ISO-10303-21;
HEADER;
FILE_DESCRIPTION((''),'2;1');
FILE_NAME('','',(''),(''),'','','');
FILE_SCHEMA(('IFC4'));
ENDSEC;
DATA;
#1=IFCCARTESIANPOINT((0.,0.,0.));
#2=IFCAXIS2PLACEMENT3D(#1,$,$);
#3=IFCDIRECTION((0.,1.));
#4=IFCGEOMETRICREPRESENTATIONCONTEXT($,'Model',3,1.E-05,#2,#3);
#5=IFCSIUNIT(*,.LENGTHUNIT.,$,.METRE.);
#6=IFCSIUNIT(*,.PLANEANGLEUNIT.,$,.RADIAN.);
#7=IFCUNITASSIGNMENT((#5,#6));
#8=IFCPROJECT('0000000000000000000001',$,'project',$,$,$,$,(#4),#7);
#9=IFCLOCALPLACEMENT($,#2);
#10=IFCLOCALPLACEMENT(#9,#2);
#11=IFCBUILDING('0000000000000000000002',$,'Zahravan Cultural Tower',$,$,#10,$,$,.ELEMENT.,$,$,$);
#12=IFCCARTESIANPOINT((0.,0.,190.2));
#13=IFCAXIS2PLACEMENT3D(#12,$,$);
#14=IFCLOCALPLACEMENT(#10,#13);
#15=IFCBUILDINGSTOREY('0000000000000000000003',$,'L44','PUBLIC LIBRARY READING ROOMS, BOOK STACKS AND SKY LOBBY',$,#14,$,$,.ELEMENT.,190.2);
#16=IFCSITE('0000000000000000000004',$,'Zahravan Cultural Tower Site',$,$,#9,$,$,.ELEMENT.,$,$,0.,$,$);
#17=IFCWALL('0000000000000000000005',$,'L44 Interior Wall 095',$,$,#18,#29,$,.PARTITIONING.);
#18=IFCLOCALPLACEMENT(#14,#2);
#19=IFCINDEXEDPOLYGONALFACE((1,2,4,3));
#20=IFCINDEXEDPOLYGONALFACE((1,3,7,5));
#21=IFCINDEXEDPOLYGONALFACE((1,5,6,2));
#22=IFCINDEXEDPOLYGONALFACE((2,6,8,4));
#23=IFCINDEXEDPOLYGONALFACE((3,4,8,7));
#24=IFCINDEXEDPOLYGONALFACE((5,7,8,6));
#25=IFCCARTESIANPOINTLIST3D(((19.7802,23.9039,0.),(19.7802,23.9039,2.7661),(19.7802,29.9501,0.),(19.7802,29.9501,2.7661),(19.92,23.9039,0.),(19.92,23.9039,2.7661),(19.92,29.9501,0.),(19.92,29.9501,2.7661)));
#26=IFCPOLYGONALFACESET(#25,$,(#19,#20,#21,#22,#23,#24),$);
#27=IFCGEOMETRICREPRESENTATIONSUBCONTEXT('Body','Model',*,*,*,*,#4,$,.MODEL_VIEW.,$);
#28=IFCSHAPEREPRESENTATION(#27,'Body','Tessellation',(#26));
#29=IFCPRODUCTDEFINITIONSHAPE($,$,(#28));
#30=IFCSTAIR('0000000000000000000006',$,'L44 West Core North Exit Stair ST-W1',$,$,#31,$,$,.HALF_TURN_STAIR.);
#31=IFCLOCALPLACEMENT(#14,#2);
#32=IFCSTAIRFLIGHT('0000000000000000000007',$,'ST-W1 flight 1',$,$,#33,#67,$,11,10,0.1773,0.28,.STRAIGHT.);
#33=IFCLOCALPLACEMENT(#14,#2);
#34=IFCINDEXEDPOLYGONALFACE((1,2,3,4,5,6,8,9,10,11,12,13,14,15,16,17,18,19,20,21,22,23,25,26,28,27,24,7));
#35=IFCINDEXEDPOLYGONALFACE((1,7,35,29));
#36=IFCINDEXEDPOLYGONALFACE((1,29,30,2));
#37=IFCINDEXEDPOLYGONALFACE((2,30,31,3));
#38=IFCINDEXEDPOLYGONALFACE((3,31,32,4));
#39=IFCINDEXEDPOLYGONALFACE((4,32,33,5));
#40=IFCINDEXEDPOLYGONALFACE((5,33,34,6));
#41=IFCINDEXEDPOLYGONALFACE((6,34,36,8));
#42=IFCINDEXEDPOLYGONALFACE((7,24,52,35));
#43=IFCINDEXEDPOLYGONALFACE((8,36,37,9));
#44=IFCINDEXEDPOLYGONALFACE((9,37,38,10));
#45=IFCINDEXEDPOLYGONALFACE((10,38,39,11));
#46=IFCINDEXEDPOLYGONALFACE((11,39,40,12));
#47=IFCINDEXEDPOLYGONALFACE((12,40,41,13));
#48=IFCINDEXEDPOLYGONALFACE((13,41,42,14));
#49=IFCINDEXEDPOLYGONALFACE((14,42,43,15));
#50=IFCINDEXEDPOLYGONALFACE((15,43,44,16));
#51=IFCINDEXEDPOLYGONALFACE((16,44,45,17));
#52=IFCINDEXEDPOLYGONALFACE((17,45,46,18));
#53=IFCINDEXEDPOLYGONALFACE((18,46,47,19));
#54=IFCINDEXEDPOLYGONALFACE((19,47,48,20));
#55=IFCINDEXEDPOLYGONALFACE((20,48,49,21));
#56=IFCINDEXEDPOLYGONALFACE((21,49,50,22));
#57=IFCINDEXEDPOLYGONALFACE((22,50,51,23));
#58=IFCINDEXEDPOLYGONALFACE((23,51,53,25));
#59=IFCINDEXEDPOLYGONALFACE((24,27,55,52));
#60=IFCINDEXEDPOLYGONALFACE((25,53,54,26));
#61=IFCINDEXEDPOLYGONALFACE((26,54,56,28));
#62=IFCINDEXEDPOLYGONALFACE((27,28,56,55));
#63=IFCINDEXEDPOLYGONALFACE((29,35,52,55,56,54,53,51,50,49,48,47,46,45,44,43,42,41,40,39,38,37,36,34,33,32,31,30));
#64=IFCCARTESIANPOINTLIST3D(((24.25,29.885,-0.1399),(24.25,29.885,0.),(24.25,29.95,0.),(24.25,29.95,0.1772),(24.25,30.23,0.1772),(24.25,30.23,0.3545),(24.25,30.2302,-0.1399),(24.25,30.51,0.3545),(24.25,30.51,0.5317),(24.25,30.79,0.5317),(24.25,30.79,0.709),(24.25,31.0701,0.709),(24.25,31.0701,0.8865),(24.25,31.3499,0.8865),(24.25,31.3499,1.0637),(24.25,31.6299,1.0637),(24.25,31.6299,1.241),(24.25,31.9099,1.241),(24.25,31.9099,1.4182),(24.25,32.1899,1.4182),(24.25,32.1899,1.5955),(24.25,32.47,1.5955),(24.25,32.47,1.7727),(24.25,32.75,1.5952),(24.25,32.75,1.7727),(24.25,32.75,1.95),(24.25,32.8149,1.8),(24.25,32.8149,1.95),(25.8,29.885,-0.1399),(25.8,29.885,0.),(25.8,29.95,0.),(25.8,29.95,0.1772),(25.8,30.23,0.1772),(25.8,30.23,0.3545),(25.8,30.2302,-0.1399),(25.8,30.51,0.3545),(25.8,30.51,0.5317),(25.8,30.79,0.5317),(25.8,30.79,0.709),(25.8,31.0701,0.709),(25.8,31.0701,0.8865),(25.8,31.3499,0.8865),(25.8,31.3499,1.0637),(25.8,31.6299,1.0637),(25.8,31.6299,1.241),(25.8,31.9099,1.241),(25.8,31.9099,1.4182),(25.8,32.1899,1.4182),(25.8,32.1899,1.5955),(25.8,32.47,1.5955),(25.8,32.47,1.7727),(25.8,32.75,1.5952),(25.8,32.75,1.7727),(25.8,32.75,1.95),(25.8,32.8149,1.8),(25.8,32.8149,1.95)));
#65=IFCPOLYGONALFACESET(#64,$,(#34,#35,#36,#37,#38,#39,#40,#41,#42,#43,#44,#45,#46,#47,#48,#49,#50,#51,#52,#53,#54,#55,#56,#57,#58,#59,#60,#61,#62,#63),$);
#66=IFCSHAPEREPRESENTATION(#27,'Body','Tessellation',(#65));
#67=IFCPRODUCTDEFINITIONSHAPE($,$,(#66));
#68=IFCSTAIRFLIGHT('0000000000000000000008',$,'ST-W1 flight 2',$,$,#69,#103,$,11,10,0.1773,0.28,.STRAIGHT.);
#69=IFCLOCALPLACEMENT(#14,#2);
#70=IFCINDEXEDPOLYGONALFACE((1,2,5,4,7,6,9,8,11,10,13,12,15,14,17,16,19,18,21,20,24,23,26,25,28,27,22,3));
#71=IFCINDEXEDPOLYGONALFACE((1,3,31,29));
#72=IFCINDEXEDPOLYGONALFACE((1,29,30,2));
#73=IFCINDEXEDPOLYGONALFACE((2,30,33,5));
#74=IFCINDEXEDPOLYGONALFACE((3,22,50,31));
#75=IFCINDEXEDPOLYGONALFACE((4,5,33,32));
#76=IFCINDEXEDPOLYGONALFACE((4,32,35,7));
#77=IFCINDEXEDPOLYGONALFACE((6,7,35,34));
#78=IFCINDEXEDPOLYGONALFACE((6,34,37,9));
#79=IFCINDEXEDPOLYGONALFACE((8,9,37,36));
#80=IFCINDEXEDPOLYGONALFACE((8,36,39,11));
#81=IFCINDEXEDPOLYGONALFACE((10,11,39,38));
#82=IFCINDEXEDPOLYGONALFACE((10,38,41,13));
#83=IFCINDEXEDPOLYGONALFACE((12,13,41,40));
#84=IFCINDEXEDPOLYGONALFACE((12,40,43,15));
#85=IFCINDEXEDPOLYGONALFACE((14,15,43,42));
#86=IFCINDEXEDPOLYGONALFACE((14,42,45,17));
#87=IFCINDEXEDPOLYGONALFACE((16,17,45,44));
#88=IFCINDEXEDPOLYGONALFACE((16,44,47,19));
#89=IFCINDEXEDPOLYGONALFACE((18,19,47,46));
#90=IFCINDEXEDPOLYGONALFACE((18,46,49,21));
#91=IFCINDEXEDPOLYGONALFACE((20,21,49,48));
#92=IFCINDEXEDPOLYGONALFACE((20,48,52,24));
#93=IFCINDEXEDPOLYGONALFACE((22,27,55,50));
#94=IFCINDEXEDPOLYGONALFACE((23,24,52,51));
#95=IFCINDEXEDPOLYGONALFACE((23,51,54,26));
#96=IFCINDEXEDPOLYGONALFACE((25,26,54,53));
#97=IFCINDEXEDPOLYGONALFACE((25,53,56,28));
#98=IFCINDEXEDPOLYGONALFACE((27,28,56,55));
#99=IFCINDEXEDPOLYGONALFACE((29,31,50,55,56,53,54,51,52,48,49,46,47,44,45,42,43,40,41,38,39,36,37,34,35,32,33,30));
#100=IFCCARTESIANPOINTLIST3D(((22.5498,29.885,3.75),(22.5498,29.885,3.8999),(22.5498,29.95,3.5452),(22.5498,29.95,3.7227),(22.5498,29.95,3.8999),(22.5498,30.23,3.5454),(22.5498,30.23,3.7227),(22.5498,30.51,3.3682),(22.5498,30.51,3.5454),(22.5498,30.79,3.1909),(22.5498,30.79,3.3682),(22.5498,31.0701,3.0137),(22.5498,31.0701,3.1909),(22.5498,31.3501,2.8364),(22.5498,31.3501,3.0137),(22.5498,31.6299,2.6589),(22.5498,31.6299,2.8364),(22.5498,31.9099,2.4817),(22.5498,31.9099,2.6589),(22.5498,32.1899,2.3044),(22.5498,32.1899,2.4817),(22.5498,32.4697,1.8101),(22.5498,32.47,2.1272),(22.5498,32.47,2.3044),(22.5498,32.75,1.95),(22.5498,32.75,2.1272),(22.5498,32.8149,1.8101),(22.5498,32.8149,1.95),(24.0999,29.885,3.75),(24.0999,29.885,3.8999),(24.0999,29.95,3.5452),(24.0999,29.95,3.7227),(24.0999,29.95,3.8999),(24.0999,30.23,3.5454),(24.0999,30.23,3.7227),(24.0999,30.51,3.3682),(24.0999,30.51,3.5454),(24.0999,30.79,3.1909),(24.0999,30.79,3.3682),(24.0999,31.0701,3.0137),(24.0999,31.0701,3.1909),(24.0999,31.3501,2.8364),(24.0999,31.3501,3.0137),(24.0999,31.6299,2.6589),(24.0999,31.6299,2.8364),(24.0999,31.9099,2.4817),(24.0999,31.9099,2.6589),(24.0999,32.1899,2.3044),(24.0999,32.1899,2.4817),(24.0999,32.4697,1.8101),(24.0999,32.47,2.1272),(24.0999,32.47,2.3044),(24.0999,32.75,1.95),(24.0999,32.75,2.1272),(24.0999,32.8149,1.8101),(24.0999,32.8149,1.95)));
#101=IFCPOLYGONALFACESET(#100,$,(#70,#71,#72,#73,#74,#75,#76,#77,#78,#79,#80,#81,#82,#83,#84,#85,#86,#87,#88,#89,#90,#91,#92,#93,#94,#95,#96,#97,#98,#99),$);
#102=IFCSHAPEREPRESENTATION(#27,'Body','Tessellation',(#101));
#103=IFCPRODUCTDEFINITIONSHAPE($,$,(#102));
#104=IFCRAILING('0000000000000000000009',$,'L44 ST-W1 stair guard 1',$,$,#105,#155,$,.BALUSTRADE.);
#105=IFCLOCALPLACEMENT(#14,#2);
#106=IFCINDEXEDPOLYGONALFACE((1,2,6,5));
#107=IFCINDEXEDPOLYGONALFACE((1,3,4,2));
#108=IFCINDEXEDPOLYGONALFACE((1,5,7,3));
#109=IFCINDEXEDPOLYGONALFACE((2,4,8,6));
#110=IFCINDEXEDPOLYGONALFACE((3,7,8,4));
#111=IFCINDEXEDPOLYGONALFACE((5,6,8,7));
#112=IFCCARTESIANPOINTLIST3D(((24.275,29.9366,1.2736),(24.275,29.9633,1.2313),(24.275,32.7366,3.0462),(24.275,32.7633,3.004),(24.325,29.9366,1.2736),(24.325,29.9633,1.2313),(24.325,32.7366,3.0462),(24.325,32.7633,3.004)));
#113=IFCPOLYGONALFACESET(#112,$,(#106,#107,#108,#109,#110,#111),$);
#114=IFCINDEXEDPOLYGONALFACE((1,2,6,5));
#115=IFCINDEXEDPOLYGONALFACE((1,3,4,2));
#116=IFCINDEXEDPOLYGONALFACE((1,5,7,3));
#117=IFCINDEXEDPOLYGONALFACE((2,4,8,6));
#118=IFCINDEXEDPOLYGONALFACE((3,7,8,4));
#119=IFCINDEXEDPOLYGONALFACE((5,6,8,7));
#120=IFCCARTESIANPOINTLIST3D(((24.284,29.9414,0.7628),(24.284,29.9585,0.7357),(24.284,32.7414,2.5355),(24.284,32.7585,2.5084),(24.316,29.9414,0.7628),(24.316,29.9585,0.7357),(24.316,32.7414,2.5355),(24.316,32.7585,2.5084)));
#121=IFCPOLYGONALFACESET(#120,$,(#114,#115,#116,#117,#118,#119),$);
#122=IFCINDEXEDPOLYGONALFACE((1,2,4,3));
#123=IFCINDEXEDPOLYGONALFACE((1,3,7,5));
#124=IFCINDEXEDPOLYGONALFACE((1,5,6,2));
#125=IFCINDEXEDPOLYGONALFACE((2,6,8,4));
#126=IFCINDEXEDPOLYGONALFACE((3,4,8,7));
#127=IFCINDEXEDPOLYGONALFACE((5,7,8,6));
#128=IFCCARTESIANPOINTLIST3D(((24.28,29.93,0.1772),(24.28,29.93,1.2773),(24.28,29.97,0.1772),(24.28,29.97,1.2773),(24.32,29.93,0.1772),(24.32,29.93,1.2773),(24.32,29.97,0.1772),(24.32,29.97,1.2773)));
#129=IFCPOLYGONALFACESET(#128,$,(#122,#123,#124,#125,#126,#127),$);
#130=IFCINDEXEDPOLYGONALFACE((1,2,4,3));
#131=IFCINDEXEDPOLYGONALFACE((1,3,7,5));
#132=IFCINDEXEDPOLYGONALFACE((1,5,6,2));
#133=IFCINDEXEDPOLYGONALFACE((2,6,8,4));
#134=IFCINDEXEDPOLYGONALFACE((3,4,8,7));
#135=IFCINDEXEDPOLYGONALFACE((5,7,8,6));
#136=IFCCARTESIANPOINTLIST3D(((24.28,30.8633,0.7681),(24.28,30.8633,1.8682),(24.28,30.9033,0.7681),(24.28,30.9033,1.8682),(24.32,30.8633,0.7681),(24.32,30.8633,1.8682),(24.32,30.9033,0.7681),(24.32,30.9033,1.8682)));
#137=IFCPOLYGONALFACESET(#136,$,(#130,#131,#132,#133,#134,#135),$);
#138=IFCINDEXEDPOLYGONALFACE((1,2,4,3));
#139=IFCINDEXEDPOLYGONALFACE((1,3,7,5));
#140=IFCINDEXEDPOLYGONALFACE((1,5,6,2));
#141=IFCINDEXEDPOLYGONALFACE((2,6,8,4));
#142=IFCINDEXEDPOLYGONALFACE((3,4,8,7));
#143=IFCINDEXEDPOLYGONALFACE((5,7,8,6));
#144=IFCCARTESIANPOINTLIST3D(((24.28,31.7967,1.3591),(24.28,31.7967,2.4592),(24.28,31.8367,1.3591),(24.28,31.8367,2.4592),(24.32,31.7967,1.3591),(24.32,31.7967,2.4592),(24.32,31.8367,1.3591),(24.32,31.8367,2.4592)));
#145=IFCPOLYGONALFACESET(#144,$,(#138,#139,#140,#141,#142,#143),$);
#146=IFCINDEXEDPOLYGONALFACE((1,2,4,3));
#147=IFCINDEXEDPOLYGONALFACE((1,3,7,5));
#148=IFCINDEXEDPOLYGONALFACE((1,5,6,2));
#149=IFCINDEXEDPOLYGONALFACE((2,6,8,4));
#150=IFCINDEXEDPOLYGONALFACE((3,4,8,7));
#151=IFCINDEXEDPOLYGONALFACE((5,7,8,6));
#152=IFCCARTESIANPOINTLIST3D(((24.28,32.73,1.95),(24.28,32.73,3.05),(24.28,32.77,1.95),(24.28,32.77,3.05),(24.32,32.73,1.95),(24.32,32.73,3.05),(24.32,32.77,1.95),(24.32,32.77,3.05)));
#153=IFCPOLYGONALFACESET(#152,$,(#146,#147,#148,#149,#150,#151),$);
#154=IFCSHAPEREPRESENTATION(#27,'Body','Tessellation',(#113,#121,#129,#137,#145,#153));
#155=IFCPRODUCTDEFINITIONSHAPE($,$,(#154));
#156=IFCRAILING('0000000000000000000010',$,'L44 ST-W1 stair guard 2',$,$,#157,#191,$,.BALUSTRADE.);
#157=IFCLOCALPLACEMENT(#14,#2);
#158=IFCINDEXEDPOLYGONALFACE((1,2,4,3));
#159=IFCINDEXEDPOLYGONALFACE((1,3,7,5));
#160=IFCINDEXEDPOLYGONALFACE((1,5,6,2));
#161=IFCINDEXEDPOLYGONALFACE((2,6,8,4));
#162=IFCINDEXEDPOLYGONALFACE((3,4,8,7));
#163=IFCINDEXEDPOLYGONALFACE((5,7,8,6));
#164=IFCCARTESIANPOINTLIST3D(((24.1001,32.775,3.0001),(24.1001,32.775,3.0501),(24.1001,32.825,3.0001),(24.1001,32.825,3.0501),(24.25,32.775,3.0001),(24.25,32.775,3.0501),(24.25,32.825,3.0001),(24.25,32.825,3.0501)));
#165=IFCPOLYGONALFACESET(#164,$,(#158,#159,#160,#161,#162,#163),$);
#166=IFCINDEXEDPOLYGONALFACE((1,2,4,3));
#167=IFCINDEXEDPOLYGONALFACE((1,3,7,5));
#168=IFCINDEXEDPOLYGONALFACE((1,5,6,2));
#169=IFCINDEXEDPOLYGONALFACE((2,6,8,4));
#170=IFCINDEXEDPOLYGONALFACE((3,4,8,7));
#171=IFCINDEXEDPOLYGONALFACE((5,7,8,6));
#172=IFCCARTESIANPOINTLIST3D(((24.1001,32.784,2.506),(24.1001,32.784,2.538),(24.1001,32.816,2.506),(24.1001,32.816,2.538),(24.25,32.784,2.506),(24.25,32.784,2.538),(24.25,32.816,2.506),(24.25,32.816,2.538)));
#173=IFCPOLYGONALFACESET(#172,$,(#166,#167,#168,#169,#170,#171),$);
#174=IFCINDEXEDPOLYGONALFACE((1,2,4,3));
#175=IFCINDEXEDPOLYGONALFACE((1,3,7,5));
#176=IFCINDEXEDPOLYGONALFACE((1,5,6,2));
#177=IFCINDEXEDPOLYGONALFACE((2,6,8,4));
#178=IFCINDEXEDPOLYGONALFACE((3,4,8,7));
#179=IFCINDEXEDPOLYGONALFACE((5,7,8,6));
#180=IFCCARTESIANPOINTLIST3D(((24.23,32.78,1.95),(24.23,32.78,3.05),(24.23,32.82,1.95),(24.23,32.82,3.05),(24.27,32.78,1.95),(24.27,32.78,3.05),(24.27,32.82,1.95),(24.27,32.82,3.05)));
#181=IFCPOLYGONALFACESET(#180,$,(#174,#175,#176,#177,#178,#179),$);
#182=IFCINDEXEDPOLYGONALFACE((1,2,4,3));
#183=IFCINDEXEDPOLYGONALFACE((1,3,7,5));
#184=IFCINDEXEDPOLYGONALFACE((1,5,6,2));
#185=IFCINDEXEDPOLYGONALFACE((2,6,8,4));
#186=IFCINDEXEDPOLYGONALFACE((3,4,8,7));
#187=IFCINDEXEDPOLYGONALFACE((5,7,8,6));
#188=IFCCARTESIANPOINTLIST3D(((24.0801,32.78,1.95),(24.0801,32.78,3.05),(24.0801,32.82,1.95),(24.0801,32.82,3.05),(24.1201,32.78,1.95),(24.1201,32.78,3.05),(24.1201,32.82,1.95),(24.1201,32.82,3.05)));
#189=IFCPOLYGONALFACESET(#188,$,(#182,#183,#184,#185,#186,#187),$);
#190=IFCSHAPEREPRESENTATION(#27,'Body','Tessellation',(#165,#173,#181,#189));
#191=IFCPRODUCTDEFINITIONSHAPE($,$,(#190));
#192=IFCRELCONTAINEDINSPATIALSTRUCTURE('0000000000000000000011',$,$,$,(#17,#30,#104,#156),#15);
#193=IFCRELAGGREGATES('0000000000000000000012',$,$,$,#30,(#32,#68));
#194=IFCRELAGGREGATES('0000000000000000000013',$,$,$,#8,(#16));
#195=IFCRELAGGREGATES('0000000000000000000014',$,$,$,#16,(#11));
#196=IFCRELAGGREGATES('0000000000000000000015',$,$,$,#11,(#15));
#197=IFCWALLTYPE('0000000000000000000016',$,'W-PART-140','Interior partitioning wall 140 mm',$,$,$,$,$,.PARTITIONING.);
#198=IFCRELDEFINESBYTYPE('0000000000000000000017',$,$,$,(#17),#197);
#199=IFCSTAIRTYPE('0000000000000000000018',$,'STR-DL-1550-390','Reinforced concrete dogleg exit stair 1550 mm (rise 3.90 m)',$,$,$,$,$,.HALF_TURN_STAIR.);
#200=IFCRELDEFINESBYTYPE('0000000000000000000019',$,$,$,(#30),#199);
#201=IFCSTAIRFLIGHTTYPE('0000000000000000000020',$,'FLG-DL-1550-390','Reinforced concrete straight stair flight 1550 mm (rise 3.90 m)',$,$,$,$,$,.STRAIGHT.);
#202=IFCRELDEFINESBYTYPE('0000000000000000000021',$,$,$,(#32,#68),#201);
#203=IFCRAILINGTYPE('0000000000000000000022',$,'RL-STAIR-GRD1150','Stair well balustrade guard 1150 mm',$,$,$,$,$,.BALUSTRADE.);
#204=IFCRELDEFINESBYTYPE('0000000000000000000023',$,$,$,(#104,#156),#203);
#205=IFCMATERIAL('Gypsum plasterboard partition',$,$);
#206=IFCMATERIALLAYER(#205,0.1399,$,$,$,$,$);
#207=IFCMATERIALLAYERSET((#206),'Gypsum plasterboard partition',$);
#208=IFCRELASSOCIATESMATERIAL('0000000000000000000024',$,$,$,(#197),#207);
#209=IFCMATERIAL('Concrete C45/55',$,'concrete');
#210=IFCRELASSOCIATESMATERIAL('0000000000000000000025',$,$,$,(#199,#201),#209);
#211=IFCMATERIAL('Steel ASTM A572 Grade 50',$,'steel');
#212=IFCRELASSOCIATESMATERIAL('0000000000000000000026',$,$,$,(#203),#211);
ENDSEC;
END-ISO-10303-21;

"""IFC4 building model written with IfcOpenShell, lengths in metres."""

from ifc_helpers import new_model, si_unit, direction, frame, frame_2d, origin, origin_2d, place, context, subcontext, project, spatial, polyline, rectangle, outline, extrude, source, transform, mapped, material, layer, layer_set, type_object, element, aggregate, save


model = new_model("IFC4")

# Units and contexts
model_context = context("Model", 3, precision=1e-05, world=origin(), true_north=direction((0.0, 1.0)))
body_context = subcontext(model_context, "Body", "Model", "MODEL_VIEW")
ifc_project = project(units=[si_unit("LENGTHUNIT", "METRE"), si_unit("PLANEANGLEUNIT", "RADIAN")], contexts=[model_context])

# Site, building, storey
site_placement = place(None, origin())
site = spatial("IfcSite", under=ifc_project, at=site_placement, Name="Zahravan Cultural Tower Site", CompositionType="ELEMENT", RefElevation=0.0)
building_placement = place(site_placement, origin())
building = spatial("IfcBuilding", under=site, at=building_placement, Name="Zahravan Cultural Tower", CompositionType="ELEMENT")
storey_placement = place(building_placement, frame((0.0, 0.0, 190.2)))
storey = spatial("IfcBuildingStorey", under=building, at=storey_placement, Name="L44", Description="PUBLIC LIBRARY READING ROOMS, BOOK STACKS AND SKY LOBBY", CompositionType="ELEMENT", Elevation=190.2)

# Wall
ifc_material_1 = material(Name="Concrete C45/55", Category="concrete")
ifc_material_2 = material(Name="Gypsum plasterboard partition")
ifc_layer_1 = layer(ifc_material_2, 0.1399)
ifc_layer_set_1 = layer_set([ifc_layer_1], Name="Gypsum plasterboard partition")
wall_type_1 = type_object("IfcWallType", Name="W-PART-140", Description="Interior partitioning wall 140 mm", PredefinedType="PARTITIONING", material=ifc_layer_set_1)
shared_shape_1 = source(origin(), body_context, "Body", "SweptSolid", [
    extrude(rectangle(XDim=6.0461, YDim=0.1399, at=frame_2d((3.0229, 0.0))), origin(), (0.0, 0.0, 1.0), 2.7661),
])
wall_1_placement = place(storey_placement, frame((19.8501, 29.95, 0.0), z_axis=(0.0, 0.0, 1.0), x_axis=(0.0, -1.0, 0.0)))
element("IfcWall", 1, at=wall_1_placement, inside=storey, type_object=wall_type_1, Name="L44 Interior Wall 095", PredefinedType="PARTITIONING", context=body_context, shape_type="MappedRepresentation", body=[
    mapped(shared_shape_1, transform((0.0, 0.0, 0.0), x_axis=(1.0, 0.0, 0.0), y_axis=(0.0, 1.0, 0.0), z_axis=(0.0, 0.0, 1.0), scale=1.0)),
])

# Stair, stair flights
stair_type = type_object("IfcStairType", Name="STR-DL-1550-390", Description="Reinforced concrete dogleg exit stair 1550 mm (rise 3.90 m)", PredefinedType="HALF_TURN_STAIR", material=ifc_material_1)
stair_placement = place(storey_placement, origin())
stair = element("IfcStair", 2, at=stair_placement, inside=storey, type_object=stair_type, Name="L44 West Core North Exit Stair ST-W1", PredefinedType="HALF_TURN_STAIR")
stair_flight_type = type_object("IfcStairFlightType", Name="FLG-DL-1550-390", Description="Reinforced concrete straight stair flight 1550 mm (rise 3.90 m)", PredefinedType="STRAIGHT", material=ifc_material_1)
stair_flight_1_placement = place(storey_placement, frame((25.0249, 29.95, 0.0), z_axis=(0.0, 0.0, 1.0), x_axis=(0.0, 1.0, 0.0)))
stair_flight_1 = element("IfcStairFlight", 3, at=stair_flight_1_placement, type_object=stair_flight_type, Name="ST-W1 flight 1", NumberOfRisers=11, NumberOfTreads=10, PredefinedType="STRAIGHT", RiserHeight=0.1773, TreadLength=0.28, context=body_context, shape_type="SweptSolid", body=[
    extrude(outline(polyline([(-0.0649, -0.1399), (-0.0649, 0.0), (0.0, 0.0), (0.0, 0.1772), (0.28, 0.1772), (0.28, 0.3545), (0.5601, 0.3545), (0.5601, 0.5317), (0.8401, 0.5317), (0.8401, 0.709), (1.1201, 0.709), (1.1201, 0.8865), (1.3999, 0.8865), (1.3999, 1.0637), (1.6799, 1.0637), (1.6799, 1.241), (1.96, 1.241), (1.96, 1.4182), (2.24, 1.4182), (2.24, 1.5955), (2.52, 1.5955), (2.52, 1.7727), (2.8, 1.7727), (2.8, 1.95), (2.865, 1.95), (2.865, 1.8), (2.8, 1.5952), (0.2803, -0.1399), (-0.0649, -0.1399)])), frame((0.0, 0.7749, 0.0), z_axis=(0.0, -1.0, 0.0), x_axis=(1.0, 0.0, 0.0)), (0.0, 0.0, 1.0), 1.55),
])
stair_flight_2_placement = place(storey_placement, frame((23.325, 32.75, 1.95), z_axis=(0.0, 0.0, 1.0), x_axis=(0.0, -1.0, 0.0)))
stair_flight_2 = element("IfcStairFlight", 4, at=stair_flight_2_placement, type_object=stair_flight_type, Name="ST-W1 flight 2", NumberOfRisers=11, NumberOfTreads=10, PredefinedType="STRAIGHT", RiserHeight=0.1773, TreadLength=0.28, context=body_context, shape_type="SweptSolid", body=[
    extrude(outline(polyline([(-0.0649, -0.1399), (-0.0649, 0.0), (0.0, 0.0), (0.0, 0.1772), (0.28, 0.1772), (0.28, 0.3545), (0.5601, 0.3545), (0.5601, 0.5317), (0.8401, 0.5317), (0.8401, 0.709), (1.1201, 0.709), (1.1201, 0.8865), (1.3999, 0.8865), (1.3999, 1.0637), (1.6799, 1.0637), (1.6799, 1.241), (1.96, 1.241), (1.96, 1.4182), (2.24, 1.4182), (2.24, 1.5955), (2.52, 1.5955), (2.52, 1.7727), (2.8, 1.7727), (2.8, 1.95), (2.865, 1.95), (2.865, 1.8), (2.8, 1.5952), (0.2803, -0.1399), (-0.0649, -0.1399)])), frame((0.0, 0.7749, 0.0), z_axis=(0.0, -1.0, 0.0), x_axis=(1.0, 0.0, 0.0)), (0.0, 0.0, 1.0), 1.55),
])
aggregate(stair, [stair_flight_1, stair_flight_2])

# Railings
ifc_material_3 = material(Name="Steel ASTM A572 Grade 50", Category="steel")
railing_type_1 = type_object("IfcRailingType", Name="RL-STAIR-GRD1150", Description="Stair well balustrade guard 1150 mm", PredefinedType="BALUSTRADE", material=ifc_material_3)
railing_1_placement = place(storey_placement, frame((24.3, 29.95, 0.1772)))
element("IfcRailing", 5, at=railing_1_placement, inside=storey, type_object=railing_type_1, Name="L44 ST-W1 stair guard 1", PredefinedType="BALUSTRADE", context=body_context, shape_type="SweptSolid", body=[
    extrude(rectangle(XDim=0.05, YDim=0.05, at=origin_2d()), frame((0.0, 0.0, 1.0752), z_axis=(0.0, 0.844909, 0.53491), x_axis=(-1.0, 0.0, 0.0)), (0.0, 0.0, 1.0), 3.314),
    extrude(rectangle(XDim=0.032, YDim=0.032, at=origin_2d()), frame((0.0, 0.0, 0.572), z_axis=(0.0, 0.844909, 0.53491), x_axis=(-1.0, 0.0, 0.0)), (0.0, 0.0, 1.0), 3.314),
    extrude(rectangle(XDim=0.04, YDim=0.04, at=origin_2d()), origin(), (0.0, 0.0, 1.0), 1.1001),
    extrude(rectangle(XDim=0.04, YDim=0.04, at=origin_2d()), frame((0.0, 0.9333, 0.5908)), (0.0, 0.0, 1.0), 1.1001),
    extrude(rectangle(XDim=0.04, YDim=0.04, at=origin_2d()), frame((0.0, 1.8667, 1.1819)), (0.0, 0.0, 1.0), 1.1001),
    extrude(rectangle(XDim=0.04, YDim=0.04, at=origin_2d()), frame((0.0, 2.8, 1.7727)), (0.0, 0.0, 1.0), 1.1001),
])
railing_2_placement = place(storey_placement, frame((24.25, 32.8, 1.95)))
element("IfcRailing", 6, at=railing_2_placement, inside=storey, type_object=railing_type_1, Name="L44 ST-W1 stair guard 2", PredefinedType="BALUSTRADE", context=body_context, shape_type="SweptSolid", body=[
    extrude(rectangle(XDim=0.05, YDim=0.05, at=origin_2d()), frame((0.0, 0.0, 1.0752), z_axis=(-1.0, 0.0, 0.0), x_axis=(0.0, -1.0, 0.0)), (0.0, 0.0, 1.0), 0.1499),
    extrude(rectangle(XDim=0.032, YDim=0.032, at=origin_2d()), frame((0.0, 0.0, 0.572), z_axis=(-1.0, 0.0, 0.0), x_axis=(0.0, -1.0, 0.0)), (0.0, 0.0, 1.0), 0.1499),
    extrude(rectangle(XDim=0.04, YDim=0.04, at=origin_2d()), origin(), (0.0, 0.0, 1.0), 1.1001),
    extrude(rectangle(XDim=0.04, YDim=0.04, at=origin_2d()), frame((-0.1499, 0.0, 0.0)), (0.0, 0.0, 1.0), 1.1001),
])

save(model, "model.ifc")
